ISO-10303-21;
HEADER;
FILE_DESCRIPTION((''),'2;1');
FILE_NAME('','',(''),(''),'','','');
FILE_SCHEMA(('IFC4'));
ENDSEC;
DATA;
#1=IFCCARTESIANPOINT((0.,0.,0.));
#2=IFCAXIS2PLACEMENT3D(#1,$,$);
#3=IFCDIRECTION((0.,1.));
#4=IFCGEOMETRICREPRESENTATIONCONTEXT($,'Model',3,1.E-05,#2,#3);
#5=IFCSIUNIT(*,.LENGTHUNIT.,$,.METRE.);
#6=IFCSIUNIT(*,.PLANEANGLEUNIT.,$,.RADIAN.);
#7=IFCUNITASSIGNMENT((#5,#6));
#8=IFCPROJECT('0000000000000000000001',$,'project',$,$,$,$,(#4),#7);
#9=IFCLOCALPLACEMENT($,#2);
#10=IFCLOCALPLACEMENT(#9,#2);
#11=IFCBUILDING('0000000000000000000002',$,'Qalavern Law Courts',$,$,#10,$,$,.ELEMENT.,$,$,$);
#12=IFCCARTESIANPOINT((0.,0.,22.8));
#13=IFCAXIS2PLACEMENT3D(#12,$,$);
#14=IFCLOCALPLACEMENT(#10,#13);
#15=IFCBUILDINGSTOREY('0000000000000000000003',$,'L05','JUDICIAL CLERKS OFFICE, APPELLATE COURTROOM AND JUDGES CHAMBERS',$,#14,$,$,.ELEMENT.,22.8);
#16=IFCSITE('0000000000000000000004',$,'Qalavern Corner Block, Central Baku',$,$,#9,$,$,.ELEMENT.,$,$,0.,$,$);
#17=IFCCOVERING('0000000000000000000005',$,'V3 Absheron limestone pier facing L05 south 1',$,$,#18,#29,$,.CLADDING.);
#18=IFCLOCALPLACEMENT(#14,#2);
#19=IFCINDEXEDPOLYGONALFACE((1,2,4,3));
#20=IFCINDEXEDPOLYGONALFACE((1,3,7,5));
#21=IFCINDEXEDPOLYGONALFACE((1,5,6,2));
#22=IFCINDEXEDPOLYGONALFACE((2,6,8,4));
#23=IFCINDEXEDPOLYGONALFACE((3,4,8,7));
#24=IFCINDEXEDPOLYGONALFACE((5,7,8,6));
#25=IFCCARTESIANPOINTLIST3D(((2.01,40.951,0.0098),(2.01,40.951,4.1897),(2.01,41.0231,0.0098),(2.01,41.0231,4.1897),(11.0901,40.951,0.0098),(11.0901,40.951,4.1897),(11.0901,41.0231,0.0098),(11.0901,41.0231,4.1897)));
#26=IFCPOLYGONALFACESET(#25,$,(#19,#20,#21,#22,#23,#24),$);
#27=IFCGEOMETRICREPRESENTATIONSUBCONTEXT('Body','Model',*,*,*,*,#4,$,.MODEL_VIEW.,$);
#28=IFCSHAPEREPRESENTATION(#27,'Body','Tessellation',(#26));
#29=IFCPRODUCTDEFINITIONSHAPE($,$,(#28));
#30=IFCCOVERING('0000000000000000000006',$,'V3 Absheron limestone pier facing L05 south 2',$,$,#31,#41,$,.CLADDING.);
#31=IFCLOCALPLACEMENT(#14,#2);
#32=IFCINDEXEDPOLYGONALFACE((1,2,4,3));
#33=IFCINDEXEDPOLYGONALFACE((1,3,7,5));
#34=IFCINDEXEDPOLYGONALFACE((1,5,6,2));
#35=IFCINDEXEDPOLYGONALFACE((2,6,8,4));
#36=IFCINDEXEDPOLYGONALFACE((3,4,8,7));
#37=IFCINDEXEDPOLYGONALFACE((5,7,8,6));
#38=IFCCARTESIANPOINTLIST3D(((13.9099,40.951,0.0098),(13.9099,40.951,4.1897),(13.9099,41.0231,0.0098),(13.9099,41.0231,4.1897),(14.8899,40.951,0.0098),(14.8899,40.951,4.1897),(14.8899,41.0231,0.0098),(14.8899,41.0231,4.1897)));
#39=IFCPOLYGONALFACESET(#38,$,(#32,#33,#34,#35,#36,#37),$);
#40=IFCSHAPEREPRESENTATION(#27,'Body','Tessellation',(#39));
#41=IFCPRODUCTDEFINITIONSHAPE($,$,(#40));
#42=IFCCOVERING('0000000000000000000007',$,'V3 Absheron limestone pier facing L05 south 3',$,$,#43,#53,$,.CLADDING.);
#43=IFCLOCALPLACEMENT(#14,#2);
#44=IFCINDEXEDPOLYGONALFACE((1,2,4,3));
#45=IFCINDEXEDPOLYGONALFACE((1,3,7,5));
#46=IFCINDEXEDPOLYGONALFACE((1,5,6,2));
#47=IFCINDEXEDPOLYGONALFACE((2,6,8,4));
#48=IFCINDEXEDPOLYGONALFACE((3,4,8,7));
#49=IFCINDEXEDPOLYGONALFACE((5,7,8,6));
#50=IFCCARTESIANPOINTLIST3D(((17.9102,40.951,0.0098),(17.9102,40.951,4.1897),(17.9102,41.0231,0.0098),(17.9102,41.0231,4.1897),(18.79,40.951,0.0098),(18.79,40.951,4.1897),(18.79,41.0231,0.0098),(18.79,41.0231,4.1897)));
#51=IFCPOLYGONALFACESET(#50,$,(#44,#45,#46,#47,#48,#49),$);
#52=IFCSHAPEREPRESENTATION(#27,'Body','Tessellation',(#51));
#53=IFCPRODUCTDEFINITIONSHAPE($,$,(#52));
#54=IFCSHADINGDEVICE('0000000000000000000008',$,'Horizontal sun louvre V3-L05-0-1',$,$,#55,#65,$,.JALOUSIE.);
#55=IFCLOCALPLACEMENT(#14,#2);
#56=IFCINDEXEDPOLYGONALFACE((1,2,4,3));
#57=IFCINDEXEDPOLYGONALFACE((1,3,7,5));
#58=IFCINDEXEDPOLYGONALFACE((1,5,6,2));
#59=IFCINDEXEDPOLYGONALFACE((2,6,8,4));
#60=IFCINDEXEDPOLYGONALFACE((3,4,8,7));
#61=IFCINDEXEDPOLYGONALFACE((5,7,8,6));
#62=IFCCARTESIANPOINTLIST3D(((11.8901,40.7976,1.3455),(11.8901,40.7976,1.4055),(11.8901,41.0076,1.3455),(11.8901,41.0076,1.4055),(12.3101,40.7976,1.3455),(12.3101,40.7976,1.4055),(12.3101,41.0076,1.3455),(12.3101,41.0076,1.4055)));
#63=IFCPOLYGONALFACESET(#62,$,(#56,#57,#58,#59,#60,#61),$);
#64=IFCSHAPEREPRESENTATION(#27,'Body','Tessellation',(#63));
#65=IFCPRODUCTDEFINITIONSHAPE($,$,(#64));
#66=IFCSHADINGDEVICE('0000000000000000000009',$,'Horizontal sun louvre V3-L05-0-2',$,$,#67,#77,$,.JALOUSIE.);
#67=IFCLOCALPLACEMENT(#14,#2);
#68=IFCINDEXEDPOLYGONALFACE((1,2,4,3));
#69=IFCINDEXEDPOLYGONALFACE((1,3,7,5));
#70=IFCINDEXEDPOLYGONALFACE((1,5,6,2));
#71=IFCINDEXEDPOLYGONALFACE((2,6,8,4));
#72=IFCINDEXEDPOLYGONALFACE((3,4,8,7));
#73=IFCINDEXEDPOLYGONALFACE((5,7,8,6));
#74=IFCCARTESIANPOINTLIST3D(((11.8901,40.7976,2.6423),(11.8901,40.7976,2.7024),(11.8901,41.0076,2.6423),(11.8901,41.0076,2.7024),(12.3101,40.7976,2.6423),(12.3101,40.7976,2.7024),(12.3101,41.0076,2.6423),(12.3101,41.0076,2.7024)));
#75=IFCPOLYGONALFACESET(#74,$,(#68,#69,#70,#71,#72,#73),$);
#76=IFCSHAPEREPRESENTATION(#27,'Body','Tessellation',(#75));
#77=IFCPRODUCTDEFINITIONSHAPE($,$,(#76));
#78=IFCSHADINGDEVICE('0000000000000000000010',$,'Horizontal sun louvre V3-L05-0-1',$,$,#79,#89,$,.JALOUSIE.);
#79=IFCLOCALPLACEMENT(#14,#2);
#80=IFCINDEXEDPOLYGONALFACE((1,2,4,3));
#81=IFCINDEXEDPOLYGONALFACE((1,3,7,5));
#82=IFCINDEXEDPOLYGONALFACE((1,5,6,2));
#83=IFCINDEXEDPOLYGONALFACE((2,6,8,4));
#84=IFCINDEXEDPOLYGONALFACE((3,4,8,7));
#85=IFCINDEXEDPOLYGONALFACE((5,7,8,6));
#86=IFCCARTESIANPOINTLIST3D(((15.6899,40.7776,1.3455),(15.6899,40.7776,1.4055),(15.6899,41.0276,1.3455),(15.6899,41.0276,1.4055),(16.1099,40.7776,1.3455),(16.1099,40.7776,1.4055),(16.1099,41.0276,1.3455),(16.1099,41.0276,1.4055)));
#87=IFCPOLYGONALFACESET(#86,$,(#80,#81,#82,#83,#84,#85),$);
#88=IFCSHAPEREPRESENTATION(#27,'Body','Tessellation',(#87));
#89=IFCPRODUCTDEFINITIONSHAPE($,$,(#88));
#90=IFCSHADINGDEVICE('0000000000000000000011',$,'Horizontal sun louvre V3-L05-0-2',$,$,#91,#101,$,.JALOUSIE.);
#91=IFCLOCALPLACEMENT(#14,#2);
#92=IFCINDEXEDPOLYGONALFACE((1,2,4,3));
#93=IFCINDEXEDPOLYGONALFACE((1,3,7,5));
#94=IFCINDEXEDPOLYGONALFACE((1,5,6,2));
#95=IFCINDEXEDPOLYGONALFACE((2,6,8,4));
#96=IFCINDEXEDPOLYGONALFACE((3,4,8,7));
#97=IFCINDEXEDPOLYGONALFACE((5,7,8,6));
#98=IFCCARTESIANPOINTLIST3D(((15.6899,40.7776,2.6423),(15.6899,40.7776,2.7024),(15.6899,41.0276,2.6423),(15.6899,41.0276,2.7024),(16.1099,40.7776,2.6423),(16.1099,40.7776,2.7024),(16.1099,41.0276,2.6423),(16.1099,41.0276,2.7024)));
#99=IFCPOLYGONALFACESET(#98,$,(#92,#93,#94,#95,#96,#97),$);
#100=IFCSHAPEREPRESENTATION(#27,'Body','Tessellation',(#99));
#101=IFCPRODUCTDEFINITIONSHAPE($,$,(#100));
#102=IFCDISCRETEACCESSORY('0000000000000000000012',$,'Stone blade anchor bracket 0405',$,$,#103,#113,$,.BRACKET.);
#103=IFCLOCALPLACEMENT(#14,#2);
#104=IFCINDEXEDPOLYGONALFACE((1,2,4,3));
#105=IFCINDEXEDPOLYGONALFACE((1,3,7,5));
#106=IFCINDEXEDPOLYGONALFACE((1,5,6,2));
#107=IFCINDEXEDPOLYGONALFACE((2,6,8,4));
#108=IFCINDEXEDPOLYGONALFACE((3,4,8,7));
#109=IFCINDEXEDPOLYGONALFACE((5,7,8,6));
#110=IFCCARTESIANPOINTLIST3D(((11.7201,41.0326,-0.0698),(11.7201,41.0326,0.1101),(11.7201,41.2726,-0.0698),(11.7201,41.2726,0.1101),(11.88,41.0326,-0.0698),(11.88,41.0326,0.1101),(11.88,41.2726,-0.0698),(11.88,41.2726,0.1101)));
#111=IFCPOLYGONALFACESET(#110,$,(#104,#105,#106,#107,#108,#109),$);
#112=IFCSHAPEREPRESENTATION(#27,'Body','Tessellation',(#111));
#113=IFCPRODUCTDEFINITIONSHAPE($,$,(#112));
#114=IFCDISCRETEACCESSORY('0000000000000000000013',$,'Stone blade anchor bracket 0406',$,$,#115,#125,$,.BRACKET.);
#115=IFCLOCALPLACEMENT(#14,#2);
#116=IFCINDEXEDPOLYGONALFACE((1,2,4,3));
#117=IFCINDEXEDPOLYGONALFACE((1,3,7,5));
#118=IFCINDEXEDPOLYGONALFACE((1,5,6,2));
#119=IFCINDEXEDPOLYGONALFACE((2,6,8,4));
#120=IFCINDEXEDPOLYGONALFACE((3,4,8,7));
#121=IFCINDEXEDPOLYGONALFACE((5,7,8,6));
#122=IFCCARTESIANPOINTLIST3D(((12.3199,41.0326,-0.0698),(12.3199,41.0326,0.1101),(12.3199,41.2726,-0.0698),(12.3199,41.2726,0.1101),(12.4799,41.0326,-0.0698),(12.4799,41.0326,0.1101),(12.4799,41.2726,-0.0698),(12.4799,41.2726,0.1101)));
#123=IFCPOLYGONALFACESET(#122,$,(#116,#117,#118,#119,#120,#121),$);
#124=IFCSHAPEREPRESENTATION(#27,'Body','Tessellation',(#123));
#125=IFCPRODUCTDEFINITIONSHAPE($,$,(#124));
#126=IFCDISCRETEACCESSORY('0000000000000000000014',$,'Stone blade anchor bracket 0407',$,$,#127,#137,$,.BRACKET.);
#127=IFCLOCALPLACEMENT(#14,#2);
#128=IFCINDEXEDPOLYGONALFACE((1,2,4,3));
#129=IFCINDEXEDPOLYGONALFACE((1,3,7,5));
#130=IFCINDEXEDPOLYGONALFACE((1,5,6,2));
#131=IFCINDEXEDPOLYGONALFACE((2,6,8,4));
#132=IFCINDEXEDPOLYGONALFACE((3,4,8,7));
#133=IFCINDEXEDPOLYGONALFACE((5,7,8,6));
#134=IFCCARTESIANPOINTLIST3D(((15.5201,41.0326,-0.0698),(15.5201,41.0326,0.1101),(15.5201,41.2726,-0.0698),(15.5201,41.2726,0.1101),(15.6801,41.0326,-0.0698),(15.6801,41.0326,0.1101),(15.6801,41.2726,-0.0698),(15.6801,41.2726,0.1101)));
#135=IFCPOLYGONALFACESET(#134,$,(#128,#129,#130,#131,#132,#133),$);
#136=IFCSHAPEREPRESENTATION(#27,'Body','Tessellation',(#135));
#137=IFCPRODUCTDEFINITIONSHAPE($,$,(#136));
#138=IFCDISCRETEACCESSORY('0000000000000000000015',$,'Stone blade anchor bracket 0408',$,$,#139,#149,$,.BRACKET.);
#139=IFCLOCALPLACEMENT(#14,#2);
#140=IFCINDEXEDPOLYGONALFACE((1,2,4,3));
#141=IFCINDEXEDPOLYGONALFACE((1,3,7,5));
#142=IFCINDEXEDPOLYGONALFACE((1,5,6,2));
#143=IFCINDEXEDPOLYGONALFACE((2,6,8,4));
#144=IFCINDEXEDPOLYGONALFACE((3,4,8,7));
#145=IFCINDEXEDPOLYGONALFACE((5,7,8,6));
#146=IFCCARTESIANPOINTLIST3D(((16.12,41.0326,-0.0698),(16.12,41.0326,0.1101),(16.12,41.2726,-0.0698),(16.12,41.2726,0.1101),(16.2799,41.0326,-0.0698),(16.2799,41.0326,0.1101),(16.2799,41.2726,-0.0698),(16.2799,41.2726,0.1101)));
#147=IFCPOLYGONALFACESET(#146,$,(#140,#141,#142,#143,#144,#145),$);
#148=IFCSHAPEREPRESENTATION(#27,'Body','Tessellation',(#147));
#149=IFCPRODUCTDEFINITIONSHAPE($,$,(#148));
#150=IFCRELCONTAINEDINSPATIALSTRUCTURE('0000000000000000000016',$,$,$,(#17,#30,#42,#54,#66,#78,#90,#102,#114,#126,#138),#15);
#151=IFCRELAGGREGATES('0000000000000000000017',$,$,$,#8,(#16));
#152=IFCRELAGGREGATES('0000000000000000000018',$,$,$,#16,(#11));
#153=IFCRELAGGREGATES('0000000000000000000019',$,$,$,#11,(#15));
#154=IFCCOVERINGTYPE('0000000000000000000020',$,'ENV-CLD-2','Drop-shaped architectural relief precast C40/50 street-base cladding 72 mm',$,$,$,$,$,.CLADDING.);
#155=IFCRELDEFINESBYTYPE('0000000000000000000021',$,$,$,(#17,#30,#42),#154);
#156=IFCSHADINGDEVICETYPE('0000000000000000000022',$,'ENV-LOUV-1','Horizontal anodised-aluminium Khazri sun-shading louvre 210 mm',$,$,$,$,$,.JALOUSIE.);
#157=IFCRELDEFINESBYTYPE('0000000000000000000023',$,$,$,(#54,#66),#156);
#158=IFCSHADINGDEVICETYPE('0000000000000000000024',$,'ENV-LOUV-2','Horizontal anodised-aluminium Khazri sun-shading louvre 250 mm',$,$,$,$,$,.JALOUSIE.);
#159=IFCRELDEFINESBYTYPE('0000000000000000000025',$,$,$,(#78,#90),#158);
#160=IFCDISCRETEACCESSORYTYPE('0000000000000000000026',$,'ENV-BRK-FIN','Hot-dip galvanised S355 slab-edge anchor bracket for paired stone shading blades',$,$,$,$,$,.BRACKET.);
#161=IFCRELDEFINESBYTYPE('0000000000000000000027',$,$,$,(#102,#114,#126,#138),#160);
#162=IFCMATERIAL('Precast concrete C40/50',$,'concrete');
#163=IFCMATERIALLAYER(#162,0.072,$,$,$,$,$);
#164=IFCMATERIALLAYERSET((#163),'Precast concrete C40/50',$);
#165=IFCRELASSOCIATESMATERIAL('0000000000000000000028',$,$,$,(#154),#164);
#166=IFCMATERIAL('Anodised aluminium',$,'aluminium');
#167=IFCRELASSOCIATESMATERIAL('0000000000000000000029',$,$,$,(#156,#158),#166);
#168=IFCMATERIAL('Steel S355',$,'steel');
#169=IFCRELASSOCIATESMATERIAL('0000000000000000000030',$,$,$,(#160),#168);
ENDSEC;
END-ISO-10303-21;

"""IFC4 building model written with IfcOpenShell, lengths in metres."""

from ifc_helpers import new_model, si_unit, direction, frame, origin, origin_2d, place, context, subcontext, project, spatial, rectangle, extrude, material, layer, layer_set, type_object, element, save


model = new_model("IFC4")

# Units and contexts
model_context = context("Model", 3, precision=1e-05, world=origin(), true_north=direction((0.0, 1.0)))
body_context = subcontext(model_context, "Body", "Model", "MODEL_VIEW")
ifc_project = project(units=[si_unit("LENGTHUNIT", "METRE"), si_unit("PLANEANGLEUNIT", "RADIAN")], contexts=[model_context])

# Site, building, storey
site_placement = place(None, origin())
site = spatial("IfcSite", under=ifc_project, at=site_placement, Name="Qalavern Corner Block, Central Baku", CompositionType="ELEMENT", RefElevation=0.0)
building_placement = place(site_placement, origin())
building = spatial("IfcBuilding", under=site, at=building_placement, Name="Qalavern Law Courts", CompositionType="ELEMENT")
storey_placement = place(building_placement, frame((0.0, 0.0, 22.8)))
storey = spatial("IfcBuildingStorey", under=building, at=storey_placement, Name="L05", Description="JUDICIAL CLERKS OFFICE, APPELLATE COURTROOM AND JUDGES CHAMBERS", CompositionType="ELEMENT", Elevation=22.8)

# Shared definitions
ifc_material_1 = material(Name="Anodised aluminium", Category="aluminium")

# Shared definitions
ifc_material_2 = material(Name="Steel S355", Category="steel")

# Coverings
ifc_material_3 = material(Name="Precast concrete C40/50", Category="concrete")
ifc_layer_1 = layer(ifc_material_3, 0.072)
ifc_layer_set_1 = layer_set([ifc_layer_1], Name="Precast concrete C40/50")
covering_type_1 = type_object("IfcCoveringType", Name="ENV-CLD-2", Description="Drop-shaped architectural relief precast C40/50 street-base cladding 72 mm", PredefinedType="CLADDING", material=ifc_layer_set_1)
covering_1_placement = place(storey_placement, frame((6.55, 40.9871, 0.0098), z_axis=(0.0, 0.0, 1.0), x_axis=(1.0, 0.0, 0.0)))
element("IfcCovering", 1, at=covering_1_placement, inside=storey, type_object=covering_type_1, Name="V3 Absheron limestone pier facing L05 south 1", PredefinedType="CLADDING", context=body_context, shape_type="SweptSolid", body=[
    extrude(rectangle(XDim=9.0801, YDim=0.072, at=origin_2d()), origin(), (0.0, 0.0, 1.0), 4.1799),
])
covering_2_placement = place(storey_placement, frame((14.3999, 40.9871, 0.0098), z_axis=(0.0, 0.0, 1.0), x_axis=(1.0, 0.0, 0.0)))
element("IfcCovering", 2, at=covering_2_placement, inside=storey, type_object=covering_type_1, Name="V3 Absheron limestone pier facing L05 south 2", PredefinedType="CLADDING", context=body_context, shape_type="SweptSolid", body=[
    extrude(rectangle(XDim=0.98, YDim=0.072, at=origin_2d()), origin(), (0.0, 0.0, 1.0), 4.1799),
])
covering_3_placement = place(storey_placement, frame((18.3501, 40.9871, 0.0098), z_axis=(0.0, 0.0, 1.0), x_axis=(1.0, 0.0, 0.0)))
element("IfcCovering", 3, at=covering_3_placement, inside=storey, type_object=covering_type_1, Name="V3 Absheron limestone pier facing L05 south 3", PredefinedType="CLADDING", context=body_context, shape_type="SweptSolid", body=[
    extrude(rectangle(XDim=0.8799, YDim=0.072, at=origin_2d()), origin(), (0.0, 0.0, 1.0), 4.1799),
])

# Shading devices
shading_device_type_1 = type_object("IfcShadingDeviceType", Name="ENV-LOUV-1", Description="Horizontal anodised-aluminium Khazri sun-shading louvre 210 mm", PredefinedType="JALOUSIE", material=ifc_material_1)
for number, where, z_axis, x_axis, name in (
    (4, (12.1001, 40.9026, 1.3455), (0.0, 0.0, 1.0), (1.0, 0.0, 0.0), "Horizontal sun louvre V3-L05-0-1"),
    (5, (12.1001, 40.9026, 2.6423), (0.0, 0.0, 1.0), (1.0, 0.0, 0.0), "Horizontal sun louvre V3-L05-0-2"),
):
    element("IfcShadingDevice", number, at=place(storey_placement, frame(where, z_axis=z_axis, x_axis=x_axis)), inside=storey, type_object=shading_device_type_1, Name=name, PredefinedType="JALOUSIE", context=body_context, shape_type="SweptSolid", body=[
        extrude(rectangle(XDim=0.4199, YDim=0.21, at=origin_2d()), origin(), (0.0, 0.0, 1.0), 0.0601),
    ])
shading_device_type_2 = type_object("IfcShadingDeviceType", Name="ENV-LOUV-2", Description="Horizontal anodised-aluminium Khazri sun-shading louvre 250 mm", PredefinedType="JALOUSIE", material=ifc_material_1)
for number, where, z_axis, x_axis, name in (
    (6, (15.8999, 40.9026, 1.3455), (0.0, 0.0, 1.0), (1.0, 0.0, 0.0), "Horizontal sun louvre V3-L05-0-1"),
    (7, (15.8999, 40.9026, 2.6423), (0.0, 0.0, 1.0), (1.0, 0.0, 0.0), "Horizontal sun louvre V3-L05-0-2"),
):
    element("IfcShadingDevice", number, at=place(storey_placement, frame(where, z_axis=z_axis, x_axis=x_axis)), inside=storey, type_object=shading_device_type_2, Name=name, PredefinedType="JALOUSIE", context=body_context, shape_type="SweptSolid", body=[
        extrude(rectangle(XDim=0.4199, YDim=0.25, at=origin_2d()), origin(), (0.0, 0.0, 1.0), 0.0601),
    ])

# Discrete accessories
discrete_accessory_type = type_object("IfcDiscreteAccessoryType", Name="ENV-BRK-FIN", Description="Hot-dip galvanised S355 slab-edge anchor bracket for paired stone shading blades", PredefinedType="BRACKET", material=ifc_material_2)
for number, where, z_axis, x_axis, name in (
    (8, (11.8, 41.1526, -0.0698), (0.0, 0.0, 1.0), (0.0, -1.0, 0.0), "Stone blade anchor bracket 0405"),
    (9, (12.3999, 41.1526, -0.0698), (0.0, 0.0, 1.0), (0.0, -1.0, 0.0), "Stone blade anchor bracket 0406"),
    (10, (15.6001, 41.1526, -0.0698), (0.0, 0.0, 1.0), (0.0, -1.0, 0.0), "Stone blade anchor bracket 0407"),
    (11, (16.2, 41.1526, -0.0698), (0.0, 0.0, 1.0), (0.0, -1.0, 0.0), "Stone blade anchor bracket 0408"),
):
    element("IfcDiscreteAccessory", number, at=place(storey_placement, frame(where, z_axis=z_axis, x_axis=x_axis)), inside=storey, type_object=discrete_accessory_type, Name=name, PredefinedType="BRACKET", context=body_context, shape_type="SweptSolid", body=[
        extrude(rectangle(XDim=0.24, YDim=0.1599, at=origin_2d()), origin(), (0.0, 0.0, 1.0), 0.1799),
    ])

save(model, "model.ifc")
